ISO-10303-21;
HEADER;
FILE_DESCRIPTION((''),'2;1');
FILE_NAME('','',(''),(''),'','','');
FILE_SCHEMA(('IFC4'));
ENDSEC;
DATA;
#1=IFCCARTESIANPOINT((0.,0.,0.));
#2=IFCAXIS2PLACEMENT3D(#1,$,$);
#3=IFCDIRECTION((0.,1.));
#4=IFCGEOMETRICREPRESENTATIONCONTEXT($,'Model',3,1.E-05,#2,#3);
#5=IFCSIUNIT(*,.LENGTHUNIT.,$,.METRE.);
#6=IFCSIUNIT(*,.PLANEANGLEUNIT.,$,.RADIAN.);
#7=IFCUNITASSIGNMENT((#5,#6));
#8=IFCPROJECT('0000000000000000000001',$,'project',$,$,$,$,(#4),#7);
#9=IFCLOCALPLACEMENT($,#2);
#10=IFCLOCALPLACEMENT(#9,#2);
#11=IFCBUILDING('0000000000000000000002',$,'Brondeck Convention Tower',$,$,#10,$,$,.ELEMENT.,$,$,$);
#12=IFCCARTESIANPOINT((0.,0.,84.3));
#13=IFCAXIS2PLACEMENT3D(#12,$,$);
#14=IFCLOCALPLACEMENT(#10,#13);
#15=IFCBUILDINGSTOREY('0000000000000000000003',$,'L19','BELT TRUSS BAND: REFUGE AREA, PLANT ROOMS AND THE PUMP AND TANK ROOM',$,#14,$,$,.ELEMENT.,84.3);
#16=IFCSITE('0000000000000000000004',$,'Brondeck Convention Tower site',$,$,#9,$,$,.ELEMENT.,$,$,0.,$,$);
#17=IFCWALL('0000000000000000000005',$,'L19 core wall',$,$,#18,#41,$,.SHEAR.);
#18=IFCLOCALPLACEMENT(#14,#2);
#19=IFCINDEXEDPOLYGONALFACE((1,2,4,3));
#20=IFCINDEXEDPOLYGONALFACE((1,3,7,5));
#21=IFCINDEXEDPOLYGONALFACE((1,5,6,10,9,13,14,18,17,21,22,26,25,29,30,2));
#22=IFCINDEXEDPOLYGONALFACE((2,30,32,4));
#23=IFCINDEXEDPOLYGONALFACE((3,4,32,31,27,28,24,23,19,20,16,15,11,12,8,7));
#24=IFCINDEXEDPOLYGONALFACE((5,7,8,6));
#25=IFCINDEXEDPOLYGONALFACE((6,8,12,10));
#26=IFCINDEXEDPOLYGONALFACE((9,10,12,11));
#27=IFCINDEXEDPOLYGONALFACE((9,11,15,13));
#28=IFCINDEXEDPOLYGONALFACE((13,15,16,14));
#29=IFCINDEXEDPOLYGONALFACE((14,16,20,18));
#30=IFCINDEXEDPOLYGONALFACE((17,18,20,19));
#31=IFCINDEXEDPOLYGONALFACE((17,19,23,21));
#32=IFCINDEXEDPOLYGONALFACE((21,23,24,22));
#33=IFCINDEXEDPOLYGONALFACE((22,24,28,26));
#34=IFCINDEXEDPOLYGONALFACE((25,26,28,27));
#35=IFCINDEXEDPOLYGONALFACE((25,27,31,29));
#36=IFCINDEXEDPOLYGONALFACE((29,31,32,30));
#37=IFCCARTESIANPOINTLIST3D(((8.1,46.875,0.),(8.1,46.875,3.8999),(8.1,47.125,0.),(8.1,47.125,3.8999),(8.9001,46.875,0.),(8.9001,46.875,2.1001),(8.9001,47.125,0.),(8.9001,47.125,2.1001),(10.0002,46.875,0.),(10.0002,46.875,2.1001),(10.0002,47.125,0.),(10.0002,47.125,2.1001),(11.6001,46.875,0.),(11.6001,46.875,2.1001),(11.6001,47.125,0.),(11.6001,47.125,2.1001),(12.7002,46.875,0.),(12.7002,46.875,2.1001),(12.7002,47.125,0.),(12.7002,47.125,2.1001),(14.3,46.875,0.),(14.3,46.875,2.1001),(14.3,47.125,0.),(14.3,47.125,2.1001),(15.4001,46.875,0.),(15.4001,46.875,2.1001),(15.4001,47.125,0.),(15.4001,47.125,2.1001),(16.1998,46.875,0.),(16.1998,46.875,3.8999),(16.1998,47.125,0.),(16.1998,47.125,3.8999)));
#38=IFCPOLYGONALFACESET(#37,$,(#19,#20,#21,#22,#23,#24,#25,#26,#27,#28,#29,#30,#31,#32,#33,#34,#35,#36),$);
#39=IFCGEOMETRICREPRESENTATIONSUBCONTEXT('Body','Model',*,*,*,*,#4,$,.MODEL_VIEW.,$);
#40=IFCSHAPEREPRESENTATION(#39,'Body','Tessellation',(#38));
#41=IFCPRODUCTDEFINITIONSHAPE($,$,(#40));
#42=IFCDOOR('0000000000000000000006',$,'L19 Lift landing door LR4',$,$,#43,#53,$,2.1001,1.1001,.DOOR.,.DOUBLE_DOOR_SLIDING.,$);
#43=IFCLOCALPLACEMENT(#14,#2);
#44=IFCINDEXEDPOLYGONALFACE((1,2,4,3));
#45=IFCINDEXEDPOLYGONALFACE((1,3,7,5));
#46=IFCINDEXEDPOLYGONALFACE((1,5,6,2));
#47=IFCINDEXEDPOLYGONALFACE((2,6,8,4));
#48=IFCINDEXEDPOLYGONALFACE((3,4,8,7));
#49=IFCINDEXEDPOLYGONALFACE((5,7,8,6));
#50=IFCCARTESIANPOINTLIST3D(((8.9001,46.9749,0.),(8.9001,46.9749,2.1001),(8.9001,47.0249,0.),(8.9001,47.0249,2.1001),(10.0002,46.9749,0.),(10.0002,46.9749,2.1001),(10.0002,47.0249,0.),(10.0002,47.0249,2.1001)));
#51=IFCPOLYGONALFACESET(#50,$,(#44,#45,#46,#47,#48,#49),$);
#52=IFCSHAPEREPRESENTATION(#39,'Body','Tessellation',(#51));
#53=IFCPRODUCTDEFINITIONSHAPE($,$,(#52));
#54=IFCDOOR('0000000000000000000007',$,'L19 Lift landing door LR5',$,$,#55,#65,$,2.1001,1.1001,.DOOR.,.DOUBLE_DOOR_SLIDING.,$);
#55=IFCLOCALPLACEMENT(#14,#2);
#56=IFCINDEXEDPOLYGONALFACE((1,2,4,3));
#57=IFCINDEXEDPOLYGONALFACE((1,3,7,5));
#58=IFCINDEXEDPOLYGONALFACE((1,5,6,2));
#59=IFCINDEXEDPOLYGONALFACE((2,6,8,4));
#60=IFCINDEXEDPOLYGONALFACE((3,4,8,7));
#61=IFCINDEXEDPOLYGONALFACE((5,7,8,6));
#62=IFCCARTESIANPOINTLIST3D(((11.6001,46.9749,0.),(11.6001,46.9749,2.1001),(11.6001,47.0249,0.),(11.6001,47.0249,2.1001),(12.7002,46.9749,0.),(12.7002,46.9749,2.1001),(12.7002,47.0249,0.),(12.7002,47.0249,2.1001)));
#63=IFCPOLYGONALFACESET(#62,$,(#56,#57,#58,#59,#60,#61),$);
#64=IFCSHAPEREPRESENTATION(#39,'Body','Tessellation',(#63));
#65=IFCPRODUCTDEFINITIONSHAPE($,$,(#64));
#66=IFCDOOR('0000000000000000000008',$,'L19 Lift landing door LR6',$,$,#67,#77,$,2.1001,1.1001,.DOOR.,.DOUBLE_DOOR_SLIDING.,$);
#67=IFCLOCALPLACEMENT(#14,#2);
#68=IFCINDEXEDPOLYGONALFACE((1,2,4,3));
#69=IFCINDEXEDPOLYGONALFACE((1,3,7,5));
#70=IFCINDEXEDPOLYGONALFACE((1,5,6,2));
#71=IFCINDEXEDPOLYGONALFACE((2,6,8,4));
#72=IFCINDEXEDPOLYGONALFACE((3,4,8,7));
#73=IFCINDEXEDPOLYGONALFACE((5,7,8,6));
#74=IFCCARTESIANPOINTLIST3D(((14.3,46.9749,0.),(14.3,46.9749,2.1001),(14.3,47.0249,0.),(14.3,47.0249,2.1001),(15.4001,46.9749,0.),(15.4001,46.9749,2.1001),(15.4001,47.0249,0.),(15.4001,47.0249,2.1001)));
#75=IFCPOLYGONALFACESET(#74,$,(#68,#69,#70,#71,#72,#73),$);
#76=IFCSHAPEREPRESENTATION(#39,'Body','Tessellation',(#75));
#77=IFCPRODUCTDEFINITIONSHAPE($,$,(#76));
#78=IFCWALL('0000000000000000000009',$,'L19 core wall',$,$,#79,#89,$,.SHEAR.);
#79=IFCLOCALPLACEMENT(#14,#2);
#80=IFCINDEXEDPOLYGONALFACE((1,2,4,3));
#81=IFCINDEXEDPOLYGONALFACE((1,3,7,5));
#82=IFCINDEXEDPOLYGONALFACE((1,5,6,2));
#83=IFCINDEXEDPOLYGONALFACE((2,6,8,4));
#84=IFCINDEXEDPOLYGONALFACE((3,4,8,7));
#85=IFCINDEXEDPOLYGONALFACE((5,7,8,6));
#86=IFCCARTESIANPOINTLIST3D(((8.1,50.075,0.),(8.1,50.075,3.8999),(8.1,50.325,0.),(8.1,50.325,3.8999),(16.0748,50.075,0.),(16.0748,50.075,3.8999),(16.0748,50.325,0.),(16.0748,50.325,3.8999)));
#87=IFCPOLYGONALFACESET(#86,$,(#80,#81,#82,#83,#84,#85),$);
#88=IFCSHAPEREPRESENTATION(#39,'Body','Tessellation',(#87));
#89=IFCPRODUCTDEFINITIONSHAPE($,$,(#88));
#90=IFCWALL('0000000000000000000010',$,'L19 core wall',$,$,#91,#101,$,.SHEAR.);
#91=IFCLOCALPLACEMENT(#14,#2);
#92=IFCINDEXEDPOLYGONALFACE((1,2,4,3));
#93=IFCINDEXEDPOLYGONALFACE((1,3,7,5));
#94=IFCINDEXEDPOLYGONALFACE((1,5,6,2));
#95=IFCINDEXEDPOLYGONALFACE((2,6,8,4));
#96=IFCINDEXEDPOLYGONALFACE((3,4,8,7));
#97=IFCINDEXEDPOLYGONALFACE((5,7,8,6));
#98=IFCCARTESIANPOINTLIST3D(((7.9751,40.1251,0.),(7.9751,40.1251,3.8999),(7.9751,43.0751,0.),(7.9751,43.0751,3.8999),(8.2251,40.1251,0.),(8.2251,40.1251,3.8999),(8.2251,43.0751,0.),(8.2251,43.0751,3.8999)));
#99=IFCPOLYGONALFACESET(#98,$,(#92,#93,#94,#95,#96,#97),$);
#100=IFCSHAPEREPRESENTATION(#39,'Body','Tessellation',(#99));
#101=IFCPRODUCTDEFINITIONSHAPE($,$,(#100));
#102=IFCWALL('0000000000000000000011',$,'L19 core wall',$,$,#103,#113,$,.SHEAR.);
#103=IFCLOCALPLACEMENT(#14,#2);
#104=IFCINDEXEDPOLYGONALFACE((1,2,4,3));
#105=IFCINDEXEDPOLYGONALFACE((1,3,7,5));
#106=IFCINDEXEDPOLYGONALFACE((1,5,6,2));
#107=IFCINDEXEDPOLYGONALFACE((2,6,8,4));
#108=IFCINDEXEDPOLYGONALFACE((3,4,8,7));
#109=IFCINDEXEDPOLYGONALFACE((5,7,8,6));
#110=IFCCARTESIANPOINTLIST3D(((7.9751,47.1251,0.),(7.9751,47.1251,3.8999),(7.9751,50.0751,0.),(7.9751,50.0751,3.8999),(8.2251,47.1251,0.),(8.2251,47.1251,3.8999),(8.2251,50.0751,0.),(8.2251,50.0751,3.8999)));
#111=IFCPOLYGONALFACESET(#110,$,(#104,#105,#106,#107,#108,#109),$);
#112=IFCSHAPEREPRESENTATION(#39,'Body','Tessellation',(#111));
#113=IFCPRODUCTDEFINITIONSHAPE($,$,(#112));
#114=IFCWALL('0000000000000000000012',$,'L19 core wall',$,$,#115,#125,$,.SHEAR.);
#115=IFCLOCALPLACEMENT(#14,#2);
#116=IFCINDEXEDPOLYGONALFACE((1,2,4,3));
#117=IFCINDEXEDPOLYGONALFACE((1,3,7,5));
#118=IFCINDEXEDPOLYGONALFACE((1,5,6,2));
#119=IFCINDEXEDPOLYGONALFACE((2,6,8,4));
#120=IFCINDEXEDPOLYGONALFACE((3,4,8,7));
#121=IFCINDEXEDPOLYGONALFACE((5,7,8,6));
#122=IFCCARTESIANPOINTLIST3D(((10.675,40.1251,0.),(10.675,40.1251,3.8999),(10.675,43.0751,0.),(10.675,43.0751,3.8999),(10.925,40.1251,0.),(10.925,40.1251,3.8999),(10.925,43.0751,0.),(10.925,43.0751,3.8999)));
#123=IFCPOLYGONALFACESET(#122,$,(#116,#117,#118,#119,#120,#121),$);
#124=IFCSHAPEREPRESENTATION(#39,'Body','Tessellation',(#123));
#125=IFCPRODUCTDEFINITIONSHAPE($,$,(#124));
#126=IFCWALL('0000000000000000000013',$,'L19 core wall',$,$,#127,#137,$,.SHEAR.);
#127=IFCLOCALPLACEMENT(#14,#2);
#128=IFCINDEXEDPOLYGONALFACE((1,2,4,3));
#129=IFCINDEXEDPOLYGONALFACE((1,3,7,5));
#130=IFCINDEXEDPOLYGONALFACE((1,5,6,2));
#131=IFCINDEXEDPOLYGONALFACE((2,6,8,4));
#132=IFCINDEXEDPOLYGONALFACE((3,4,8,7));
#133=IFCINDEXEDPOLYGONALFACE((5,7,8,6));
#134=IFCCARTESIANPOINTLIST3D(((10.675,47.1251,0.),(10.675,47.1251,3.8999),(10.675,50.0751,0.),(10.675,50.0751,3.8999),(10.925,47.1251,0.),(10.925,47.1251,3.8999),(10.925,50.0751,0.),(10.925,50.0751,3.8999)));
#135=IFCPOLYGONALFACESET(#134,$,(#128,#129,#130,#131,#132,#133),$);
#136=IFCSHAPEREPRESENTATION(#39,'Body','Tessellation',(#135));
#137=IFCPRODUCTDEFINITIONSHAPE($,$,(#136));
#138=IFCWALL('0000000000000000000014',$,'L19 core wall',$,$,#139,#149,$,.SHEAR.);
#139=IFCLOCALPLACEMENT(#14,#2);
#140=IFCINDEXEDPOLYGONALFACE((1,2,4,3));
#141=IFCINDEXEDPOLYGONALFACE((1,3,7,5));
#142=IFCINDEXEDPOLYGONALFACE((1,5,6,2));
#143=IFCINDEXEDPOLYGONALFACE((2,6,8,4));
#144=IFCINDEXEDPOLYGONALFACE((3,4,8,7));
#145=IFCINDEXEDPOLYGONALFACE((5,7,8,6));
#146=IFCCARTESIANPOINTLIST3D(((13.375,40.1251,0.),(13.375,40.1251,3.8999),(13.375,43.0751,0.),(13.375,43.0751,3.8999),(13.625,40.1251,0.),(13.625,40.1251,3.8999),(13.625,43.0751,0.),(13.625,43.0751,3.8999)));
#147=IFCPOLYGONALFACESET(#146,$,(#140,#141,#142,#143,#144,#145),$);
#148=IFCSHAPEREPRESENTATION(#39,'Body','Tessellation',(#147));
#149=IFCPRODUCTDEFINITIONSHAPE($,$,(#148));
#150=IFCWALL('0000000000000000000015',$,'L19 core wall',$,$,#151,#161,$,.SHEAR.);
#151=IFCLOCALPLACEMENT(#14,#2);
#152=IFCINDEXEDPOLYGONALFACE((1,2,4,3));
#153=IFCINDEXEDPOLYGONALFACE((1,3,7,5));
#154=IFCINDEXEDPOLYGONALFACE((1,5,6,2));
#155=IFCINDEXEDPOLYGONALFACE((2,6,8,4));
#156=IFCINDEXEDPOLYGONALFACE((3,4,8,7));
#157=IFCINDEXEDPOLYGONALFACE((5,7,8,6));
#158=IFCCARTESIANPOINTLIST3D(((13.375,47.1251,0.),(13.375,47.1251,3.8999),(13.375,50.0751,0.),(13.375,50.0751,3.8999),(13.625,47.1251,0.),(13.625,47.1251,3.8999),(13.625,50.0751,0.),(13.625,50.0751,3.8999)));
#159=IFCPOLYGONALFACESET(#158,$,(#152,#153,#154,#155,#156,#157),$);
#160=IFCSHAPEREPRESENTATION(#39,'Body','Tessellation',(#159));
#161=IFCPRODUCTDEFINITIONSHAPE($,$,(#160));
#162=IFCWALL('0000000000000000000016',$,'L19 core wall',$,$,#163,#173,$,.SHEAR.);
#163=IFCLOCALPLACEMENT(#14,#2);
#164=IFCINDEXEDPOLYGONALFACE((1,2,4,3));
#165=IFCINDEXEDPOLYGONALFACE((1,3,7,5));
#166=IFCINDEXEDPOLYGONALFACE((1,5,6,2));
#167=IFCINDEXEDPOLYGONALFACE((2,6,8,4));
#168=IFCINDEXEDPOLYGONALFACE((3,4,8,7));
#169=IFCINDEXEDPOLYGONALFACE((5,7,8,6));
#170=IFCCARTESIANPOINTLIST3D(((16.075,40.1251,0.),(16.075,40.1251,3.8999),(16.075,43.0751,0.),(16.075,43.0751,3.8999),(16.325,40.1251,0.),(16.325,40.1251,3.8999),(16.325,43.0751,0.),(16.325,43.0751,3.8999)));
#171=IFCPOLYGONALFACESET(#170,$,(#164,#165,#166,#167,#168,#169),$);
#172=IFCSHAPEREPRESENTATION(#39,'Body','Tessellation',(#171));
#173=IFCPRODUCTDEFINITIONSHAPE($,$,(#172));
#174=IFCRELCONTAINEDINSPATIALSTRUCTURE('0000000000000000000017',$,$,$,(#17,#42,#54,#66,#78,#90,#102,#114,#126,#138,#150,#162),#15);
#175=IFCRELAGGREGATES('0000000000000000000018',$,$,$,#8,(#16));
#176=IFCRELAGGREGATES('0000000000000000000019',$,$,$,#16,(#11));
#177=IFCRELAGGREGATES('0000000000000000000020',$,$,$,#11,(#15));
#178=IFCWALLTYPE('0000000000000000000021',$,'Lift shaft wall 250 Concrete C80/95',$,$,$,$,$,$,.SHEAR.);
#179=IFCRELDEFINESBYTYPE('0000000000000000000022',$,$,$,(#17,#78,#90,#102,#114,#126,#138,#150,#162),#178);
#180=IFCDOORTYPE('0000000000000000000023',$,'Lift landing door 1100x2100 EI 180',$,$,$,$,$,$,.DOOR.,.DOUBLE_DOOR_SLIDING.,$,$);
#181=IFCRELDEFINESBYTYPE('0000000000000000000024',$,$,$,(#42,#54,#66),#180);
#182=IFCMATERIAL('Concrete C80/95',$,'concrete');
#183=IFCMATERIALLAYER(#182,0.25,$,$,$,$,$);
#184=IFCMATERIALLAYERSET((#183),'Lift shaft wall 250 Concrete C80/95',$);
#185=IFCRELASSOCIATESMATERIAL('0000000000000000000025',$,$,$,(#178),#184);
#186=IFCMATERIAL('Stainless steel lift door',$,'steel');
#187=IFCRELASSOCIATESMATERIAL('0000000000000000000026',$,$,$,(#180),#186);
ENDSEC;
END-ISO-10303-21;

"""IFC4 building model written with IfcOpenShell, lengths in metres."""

from ifc_helpers import new_model, si_unit, direction, frame, frame_2d, origin, place, context, subcontext, project, spatial, rectangle, extrude, material, layer, layer_set, type_object, element, fill, save


model = new_model("IFC4")

# Units and contexts
model_context = context("Model", 3, precision=1e-05, world=origin(), true_north=direction((0.0, 1.0)))
body_context = subcontext(model_context, "Body", "Model", "MODEL_VIEW")
ifc_project = project(units=[si_unit("LENGTHUNIT", "METRE"), si_unit("PLANEANGLEUNIT", "RADIAN")], contexts=[model_context])

# Site, building, storey
site_placement = place(None, origin())
site = spatial("IfcSite", under=ifc_project, at=site_placement, Name="Brondeck Convention Tower site", CompositionType="ELEMENT", RefElevation=0.0)
building_placement = place(site_placement, origin())
building = spatial("IfcBuilding", under=site, at=building_placement, Name="Brondeck Convention Tower", CompositionType="ELEMENT")
storey_placement = place(building_placement, frame((0.0, 0.0, 84.3)))
storey = spatial("IfcBuildingStorey", under=building, at=storey_placement, Name="L19", Description="BELT TRUSS BAND: REFUGE AREA, PLANT ROOMS AND THE PUMP AND TANK ROOM", CompositionType="ELEMENT", Elevation=84.3)

# Shared definitions
ifc_material_1 = material(Name="Concrete C80/95", Category="concrete")
ifc_layer_1 = layer(ifc_material_1, 0.25)
ifc_layer_set_1 = layer_set([ifc_layer_1], Name="Lift shaft wall 250 Concrete C80/95")
wall_type_1 = type_object("IfcWallType", Name="Lift shaft wall 250 Concrete C80/95", PredefinedType="SHEAR", material=ifc_layer_set_1)

# Wall, openings, doors
ifc_material_2 = material(Name="Stainless steel lift door", Category="steel")
door_type = type_object("IfcDoorType", Name="Lift landing door 1100x2100 EI 180", OperationType="DOUBLE_DOOR_SLIDING", PredefinedType="DOOR", material=ifc_material_2)
wall_1_placement = place(storey_placement, frame((8.1001, 47.0, 0.0), z_axis=(0.0, 0.0, 1.0), x_axis=(1.0, 0.0, 0.0)))
wall_1 = element("IfcWall", 1, at=wall_1_placement, inside=storey, type_object=wall_type_1, Name="L19 core wall", PredefinedType="SHEAR", context=body_context, shape_type="SweptSolid", body=[
    extrude(rectangle(XDim=8.0999, YDim=0.25, at=frame_2d((4.0498, 0.0))), origin(), (0.0, 0.0, 1.0), 3.8999),
])
opening_1_placement = place(wall_1_placement, frame((0.8, 0.0, 0.0)))
opening_1 = element("IfcOpeningElement", 2, at=opening_1_placement, cuts=wall_1, PredefinedType="OPENING", context=body_context, shape_type="SweptSolid", body=[
    extrude(rectangle(XDim=1.1001, YDim=2.1001, at=frame_2d((0.55, 1.05))), frame((0.0, 0.135, 0.0), z_axis=(0.0, -1.0, 0.0), x_axis=(1.0, 0.0, 0.0)), (0.0, 0.0, 1.0), 0.27),
])
opening_2_placement = place(wall_1_placement, frame((3.5, 0.0, 0.0)))
opening_2 = element("IfcOpeningElement", 3, at=opening_2_placement, cuts=wall_1, PredefinedType="OPENING", context=body_context, shape_type="SweptSolid", body=[
    extrude(rectangle(XDim=1.1001, YDim=2.1001, at=frame_2d((0.55, 1.05))), frame((0.0, 0.135, 0.0), z_axis=(0.0, -1.0, 0.0), x_axis=(1.0, 0.0, 0.0)), (0.0, 0.0, 1.0), 0.27),
])
opening_3_placement = place(wall_1_placement, frame((6.2, 0.0, 0.0)))
opening_3 = element("IfcOpeningElement", 4, at=opening_3_placement, cuts=wall_1, PredefinedType="OPENING", context=body_context, shape_type="SweptSolid", body=[
    extrude(rectangle(XDim=1.1001, YDim=2.1001, at=frame_2d((0.55, 1.05))), frame((0.0, 0.135, 0.0), z_axis=(0.0, -1.0, 0.0), x_axis=(1.0, 0.0, 0.0)), (0.0, 0.0, 1.0), 0.27),
])
door_1_placement = place(opening_1_placement, origin())
door_1 = element("IfcDoor", 5, at=door_1_placement, inside=storey, type_object=door_type, Name="L19 Lift landing door LR4", OperationType="DOUBLE_DOOR_SLIDING", OverallHeight=2.1001, OverallWidth=1.1001, PredefinedType="DOOR", context=body_context, shape_type="SweptSolid", body=[
    extrude(rectangle(XDim=1.1001, YDim=2.1001, at=frame_2d((0.55, 1.05))), frame((0.0, 0.0249, 0.0), z_axis=(0.0, -1.0, 0.0), x_axis=(1.0, 0.0, 0.0)), (0.0, 0.0, 1.0), 0.05),
])
fill(opening_1, door_1)
door_2_placement = place(opening_2_placement, origin())
door_2 = element("IfcDoor", 6, at=door_2_placement, inside=storey, type_object=door_type, Name="L19 Lift landing door LR5", OperationType="DOUBLE_DOOR_SLIDING", OverallHeight=2.1001, OverallWidth=1.1001, PredefinedType="DOOR", context=body_context, shape_type="SweptSolid", body=[
    extrude(rectangle(XDim=1.1001, YDim=2.1001, at=frame_2d((0.55, 1.05))), frame((0.0, 0.0249, 0.0), z_axis=(0.0, -1.0, 0.0), x_axis=(1.0, 0.0, 0.0)), (0.0, 0.0, 1.0), 0.05),
])
fill(opening_2, door_2)
door_3_placement = place(opening_3_placement, origin())
door_3 = element("IfcDoor", 7, at=door_3_placement, inside=storey, type_object=door_type, Name="L19 Lift landing door LR6", OperationType="DOUBLE_DOOR_SLIDING", OverallHeight=2.1001, OverallWidth=1.1001, PredefinedType="DOOR", context=body_context, shape_type="SweptSolid", body=[
    extrude(rectangle(XDim=1.1001, YDim=2.1001, at=frame_2d((0.55, 1.05))), frame((0.0, 0.0249, 0.0), z_axis=(0.0, -1.0, 0.0), x_axis=(1.0, 0.0, 0.0)), (0.0, 0.0, 1.0), 0.05),
])
fill(opening_3, door_3)

# Walls
wall_2_placement = place(storey_placement, frame((8.1001, 50.2, 0.0), z_axis=(0.0, 0.0, 1.0), x_axis=(1.0, 0.0, 0.0)))
element("IfcWall", 8, at=wall_2_placement, inside=storey, type_object=wall_type_1, Name="L19 core wall", PredefinedType="SHEAR", context=body_context, shape_type="SweptSolid", body=[
    extrude(rectangle(XDim=7.9749, YDim=0.25, at=frame_2d((3.9873, 0.0))), origin(), (0.0, 0.0, 1.0), 3.8999),
])
for number, where, z_axis, x_axis, name in (
    (9, (8.1001, 40.125, 0.0), (0.0, 0.0, 1.0), (0.0, 1.0, 0.0), "L19 core wall"),
    (10, (8.1001, 47.125, 0.0), (0.0, 0.0, 1.0), (0.0, 1.0, 0.0), "L19 core wall"),
    (11, (10.8, 40.125, 0.0), (0.0, 0.0, 1.0), (0.0, 1.0, 0.0), "L19 core wall"),
    (12, (10.8, 47.125, 0.0), (0.0, 0.0, 1.0), (0.0, 1.0, 0.0), "L19 core wall"),
    (13, (13.5, 40.125, 0.0), (0.0, 0.0, 1.0), (0.0, 1.0, 0.0), "L19 core wall"),
    (14, (13.5, 47.125, 0.0), (0.0, 0.0, 1.0), (0.0, 1.0, 0.0), "L19 core wall"),
    (15, (16.2, 40.125, 0.0), (0.0, 0.0, 1.0), (0.0, 1.0, 0.0), "L19 core wall"),
):
    element("IfcWall", number, at=place(storey_placement, frame(where, z_axis=z_axis, x_axis=x_axis)), inside=storey, type_object=wall_type_1, Name=name, PredefinedType="SHEAR", context=body_context, shape_type="SweptSolid", body=[
        extrude(rectangle(XDim=2.95, YDim=0.25, at=frame_2d((1.4751, 0.0))), origin(), (0.0, 0.0, 1.0), 3.8999),
    ])

save(model, "model.ifc")
